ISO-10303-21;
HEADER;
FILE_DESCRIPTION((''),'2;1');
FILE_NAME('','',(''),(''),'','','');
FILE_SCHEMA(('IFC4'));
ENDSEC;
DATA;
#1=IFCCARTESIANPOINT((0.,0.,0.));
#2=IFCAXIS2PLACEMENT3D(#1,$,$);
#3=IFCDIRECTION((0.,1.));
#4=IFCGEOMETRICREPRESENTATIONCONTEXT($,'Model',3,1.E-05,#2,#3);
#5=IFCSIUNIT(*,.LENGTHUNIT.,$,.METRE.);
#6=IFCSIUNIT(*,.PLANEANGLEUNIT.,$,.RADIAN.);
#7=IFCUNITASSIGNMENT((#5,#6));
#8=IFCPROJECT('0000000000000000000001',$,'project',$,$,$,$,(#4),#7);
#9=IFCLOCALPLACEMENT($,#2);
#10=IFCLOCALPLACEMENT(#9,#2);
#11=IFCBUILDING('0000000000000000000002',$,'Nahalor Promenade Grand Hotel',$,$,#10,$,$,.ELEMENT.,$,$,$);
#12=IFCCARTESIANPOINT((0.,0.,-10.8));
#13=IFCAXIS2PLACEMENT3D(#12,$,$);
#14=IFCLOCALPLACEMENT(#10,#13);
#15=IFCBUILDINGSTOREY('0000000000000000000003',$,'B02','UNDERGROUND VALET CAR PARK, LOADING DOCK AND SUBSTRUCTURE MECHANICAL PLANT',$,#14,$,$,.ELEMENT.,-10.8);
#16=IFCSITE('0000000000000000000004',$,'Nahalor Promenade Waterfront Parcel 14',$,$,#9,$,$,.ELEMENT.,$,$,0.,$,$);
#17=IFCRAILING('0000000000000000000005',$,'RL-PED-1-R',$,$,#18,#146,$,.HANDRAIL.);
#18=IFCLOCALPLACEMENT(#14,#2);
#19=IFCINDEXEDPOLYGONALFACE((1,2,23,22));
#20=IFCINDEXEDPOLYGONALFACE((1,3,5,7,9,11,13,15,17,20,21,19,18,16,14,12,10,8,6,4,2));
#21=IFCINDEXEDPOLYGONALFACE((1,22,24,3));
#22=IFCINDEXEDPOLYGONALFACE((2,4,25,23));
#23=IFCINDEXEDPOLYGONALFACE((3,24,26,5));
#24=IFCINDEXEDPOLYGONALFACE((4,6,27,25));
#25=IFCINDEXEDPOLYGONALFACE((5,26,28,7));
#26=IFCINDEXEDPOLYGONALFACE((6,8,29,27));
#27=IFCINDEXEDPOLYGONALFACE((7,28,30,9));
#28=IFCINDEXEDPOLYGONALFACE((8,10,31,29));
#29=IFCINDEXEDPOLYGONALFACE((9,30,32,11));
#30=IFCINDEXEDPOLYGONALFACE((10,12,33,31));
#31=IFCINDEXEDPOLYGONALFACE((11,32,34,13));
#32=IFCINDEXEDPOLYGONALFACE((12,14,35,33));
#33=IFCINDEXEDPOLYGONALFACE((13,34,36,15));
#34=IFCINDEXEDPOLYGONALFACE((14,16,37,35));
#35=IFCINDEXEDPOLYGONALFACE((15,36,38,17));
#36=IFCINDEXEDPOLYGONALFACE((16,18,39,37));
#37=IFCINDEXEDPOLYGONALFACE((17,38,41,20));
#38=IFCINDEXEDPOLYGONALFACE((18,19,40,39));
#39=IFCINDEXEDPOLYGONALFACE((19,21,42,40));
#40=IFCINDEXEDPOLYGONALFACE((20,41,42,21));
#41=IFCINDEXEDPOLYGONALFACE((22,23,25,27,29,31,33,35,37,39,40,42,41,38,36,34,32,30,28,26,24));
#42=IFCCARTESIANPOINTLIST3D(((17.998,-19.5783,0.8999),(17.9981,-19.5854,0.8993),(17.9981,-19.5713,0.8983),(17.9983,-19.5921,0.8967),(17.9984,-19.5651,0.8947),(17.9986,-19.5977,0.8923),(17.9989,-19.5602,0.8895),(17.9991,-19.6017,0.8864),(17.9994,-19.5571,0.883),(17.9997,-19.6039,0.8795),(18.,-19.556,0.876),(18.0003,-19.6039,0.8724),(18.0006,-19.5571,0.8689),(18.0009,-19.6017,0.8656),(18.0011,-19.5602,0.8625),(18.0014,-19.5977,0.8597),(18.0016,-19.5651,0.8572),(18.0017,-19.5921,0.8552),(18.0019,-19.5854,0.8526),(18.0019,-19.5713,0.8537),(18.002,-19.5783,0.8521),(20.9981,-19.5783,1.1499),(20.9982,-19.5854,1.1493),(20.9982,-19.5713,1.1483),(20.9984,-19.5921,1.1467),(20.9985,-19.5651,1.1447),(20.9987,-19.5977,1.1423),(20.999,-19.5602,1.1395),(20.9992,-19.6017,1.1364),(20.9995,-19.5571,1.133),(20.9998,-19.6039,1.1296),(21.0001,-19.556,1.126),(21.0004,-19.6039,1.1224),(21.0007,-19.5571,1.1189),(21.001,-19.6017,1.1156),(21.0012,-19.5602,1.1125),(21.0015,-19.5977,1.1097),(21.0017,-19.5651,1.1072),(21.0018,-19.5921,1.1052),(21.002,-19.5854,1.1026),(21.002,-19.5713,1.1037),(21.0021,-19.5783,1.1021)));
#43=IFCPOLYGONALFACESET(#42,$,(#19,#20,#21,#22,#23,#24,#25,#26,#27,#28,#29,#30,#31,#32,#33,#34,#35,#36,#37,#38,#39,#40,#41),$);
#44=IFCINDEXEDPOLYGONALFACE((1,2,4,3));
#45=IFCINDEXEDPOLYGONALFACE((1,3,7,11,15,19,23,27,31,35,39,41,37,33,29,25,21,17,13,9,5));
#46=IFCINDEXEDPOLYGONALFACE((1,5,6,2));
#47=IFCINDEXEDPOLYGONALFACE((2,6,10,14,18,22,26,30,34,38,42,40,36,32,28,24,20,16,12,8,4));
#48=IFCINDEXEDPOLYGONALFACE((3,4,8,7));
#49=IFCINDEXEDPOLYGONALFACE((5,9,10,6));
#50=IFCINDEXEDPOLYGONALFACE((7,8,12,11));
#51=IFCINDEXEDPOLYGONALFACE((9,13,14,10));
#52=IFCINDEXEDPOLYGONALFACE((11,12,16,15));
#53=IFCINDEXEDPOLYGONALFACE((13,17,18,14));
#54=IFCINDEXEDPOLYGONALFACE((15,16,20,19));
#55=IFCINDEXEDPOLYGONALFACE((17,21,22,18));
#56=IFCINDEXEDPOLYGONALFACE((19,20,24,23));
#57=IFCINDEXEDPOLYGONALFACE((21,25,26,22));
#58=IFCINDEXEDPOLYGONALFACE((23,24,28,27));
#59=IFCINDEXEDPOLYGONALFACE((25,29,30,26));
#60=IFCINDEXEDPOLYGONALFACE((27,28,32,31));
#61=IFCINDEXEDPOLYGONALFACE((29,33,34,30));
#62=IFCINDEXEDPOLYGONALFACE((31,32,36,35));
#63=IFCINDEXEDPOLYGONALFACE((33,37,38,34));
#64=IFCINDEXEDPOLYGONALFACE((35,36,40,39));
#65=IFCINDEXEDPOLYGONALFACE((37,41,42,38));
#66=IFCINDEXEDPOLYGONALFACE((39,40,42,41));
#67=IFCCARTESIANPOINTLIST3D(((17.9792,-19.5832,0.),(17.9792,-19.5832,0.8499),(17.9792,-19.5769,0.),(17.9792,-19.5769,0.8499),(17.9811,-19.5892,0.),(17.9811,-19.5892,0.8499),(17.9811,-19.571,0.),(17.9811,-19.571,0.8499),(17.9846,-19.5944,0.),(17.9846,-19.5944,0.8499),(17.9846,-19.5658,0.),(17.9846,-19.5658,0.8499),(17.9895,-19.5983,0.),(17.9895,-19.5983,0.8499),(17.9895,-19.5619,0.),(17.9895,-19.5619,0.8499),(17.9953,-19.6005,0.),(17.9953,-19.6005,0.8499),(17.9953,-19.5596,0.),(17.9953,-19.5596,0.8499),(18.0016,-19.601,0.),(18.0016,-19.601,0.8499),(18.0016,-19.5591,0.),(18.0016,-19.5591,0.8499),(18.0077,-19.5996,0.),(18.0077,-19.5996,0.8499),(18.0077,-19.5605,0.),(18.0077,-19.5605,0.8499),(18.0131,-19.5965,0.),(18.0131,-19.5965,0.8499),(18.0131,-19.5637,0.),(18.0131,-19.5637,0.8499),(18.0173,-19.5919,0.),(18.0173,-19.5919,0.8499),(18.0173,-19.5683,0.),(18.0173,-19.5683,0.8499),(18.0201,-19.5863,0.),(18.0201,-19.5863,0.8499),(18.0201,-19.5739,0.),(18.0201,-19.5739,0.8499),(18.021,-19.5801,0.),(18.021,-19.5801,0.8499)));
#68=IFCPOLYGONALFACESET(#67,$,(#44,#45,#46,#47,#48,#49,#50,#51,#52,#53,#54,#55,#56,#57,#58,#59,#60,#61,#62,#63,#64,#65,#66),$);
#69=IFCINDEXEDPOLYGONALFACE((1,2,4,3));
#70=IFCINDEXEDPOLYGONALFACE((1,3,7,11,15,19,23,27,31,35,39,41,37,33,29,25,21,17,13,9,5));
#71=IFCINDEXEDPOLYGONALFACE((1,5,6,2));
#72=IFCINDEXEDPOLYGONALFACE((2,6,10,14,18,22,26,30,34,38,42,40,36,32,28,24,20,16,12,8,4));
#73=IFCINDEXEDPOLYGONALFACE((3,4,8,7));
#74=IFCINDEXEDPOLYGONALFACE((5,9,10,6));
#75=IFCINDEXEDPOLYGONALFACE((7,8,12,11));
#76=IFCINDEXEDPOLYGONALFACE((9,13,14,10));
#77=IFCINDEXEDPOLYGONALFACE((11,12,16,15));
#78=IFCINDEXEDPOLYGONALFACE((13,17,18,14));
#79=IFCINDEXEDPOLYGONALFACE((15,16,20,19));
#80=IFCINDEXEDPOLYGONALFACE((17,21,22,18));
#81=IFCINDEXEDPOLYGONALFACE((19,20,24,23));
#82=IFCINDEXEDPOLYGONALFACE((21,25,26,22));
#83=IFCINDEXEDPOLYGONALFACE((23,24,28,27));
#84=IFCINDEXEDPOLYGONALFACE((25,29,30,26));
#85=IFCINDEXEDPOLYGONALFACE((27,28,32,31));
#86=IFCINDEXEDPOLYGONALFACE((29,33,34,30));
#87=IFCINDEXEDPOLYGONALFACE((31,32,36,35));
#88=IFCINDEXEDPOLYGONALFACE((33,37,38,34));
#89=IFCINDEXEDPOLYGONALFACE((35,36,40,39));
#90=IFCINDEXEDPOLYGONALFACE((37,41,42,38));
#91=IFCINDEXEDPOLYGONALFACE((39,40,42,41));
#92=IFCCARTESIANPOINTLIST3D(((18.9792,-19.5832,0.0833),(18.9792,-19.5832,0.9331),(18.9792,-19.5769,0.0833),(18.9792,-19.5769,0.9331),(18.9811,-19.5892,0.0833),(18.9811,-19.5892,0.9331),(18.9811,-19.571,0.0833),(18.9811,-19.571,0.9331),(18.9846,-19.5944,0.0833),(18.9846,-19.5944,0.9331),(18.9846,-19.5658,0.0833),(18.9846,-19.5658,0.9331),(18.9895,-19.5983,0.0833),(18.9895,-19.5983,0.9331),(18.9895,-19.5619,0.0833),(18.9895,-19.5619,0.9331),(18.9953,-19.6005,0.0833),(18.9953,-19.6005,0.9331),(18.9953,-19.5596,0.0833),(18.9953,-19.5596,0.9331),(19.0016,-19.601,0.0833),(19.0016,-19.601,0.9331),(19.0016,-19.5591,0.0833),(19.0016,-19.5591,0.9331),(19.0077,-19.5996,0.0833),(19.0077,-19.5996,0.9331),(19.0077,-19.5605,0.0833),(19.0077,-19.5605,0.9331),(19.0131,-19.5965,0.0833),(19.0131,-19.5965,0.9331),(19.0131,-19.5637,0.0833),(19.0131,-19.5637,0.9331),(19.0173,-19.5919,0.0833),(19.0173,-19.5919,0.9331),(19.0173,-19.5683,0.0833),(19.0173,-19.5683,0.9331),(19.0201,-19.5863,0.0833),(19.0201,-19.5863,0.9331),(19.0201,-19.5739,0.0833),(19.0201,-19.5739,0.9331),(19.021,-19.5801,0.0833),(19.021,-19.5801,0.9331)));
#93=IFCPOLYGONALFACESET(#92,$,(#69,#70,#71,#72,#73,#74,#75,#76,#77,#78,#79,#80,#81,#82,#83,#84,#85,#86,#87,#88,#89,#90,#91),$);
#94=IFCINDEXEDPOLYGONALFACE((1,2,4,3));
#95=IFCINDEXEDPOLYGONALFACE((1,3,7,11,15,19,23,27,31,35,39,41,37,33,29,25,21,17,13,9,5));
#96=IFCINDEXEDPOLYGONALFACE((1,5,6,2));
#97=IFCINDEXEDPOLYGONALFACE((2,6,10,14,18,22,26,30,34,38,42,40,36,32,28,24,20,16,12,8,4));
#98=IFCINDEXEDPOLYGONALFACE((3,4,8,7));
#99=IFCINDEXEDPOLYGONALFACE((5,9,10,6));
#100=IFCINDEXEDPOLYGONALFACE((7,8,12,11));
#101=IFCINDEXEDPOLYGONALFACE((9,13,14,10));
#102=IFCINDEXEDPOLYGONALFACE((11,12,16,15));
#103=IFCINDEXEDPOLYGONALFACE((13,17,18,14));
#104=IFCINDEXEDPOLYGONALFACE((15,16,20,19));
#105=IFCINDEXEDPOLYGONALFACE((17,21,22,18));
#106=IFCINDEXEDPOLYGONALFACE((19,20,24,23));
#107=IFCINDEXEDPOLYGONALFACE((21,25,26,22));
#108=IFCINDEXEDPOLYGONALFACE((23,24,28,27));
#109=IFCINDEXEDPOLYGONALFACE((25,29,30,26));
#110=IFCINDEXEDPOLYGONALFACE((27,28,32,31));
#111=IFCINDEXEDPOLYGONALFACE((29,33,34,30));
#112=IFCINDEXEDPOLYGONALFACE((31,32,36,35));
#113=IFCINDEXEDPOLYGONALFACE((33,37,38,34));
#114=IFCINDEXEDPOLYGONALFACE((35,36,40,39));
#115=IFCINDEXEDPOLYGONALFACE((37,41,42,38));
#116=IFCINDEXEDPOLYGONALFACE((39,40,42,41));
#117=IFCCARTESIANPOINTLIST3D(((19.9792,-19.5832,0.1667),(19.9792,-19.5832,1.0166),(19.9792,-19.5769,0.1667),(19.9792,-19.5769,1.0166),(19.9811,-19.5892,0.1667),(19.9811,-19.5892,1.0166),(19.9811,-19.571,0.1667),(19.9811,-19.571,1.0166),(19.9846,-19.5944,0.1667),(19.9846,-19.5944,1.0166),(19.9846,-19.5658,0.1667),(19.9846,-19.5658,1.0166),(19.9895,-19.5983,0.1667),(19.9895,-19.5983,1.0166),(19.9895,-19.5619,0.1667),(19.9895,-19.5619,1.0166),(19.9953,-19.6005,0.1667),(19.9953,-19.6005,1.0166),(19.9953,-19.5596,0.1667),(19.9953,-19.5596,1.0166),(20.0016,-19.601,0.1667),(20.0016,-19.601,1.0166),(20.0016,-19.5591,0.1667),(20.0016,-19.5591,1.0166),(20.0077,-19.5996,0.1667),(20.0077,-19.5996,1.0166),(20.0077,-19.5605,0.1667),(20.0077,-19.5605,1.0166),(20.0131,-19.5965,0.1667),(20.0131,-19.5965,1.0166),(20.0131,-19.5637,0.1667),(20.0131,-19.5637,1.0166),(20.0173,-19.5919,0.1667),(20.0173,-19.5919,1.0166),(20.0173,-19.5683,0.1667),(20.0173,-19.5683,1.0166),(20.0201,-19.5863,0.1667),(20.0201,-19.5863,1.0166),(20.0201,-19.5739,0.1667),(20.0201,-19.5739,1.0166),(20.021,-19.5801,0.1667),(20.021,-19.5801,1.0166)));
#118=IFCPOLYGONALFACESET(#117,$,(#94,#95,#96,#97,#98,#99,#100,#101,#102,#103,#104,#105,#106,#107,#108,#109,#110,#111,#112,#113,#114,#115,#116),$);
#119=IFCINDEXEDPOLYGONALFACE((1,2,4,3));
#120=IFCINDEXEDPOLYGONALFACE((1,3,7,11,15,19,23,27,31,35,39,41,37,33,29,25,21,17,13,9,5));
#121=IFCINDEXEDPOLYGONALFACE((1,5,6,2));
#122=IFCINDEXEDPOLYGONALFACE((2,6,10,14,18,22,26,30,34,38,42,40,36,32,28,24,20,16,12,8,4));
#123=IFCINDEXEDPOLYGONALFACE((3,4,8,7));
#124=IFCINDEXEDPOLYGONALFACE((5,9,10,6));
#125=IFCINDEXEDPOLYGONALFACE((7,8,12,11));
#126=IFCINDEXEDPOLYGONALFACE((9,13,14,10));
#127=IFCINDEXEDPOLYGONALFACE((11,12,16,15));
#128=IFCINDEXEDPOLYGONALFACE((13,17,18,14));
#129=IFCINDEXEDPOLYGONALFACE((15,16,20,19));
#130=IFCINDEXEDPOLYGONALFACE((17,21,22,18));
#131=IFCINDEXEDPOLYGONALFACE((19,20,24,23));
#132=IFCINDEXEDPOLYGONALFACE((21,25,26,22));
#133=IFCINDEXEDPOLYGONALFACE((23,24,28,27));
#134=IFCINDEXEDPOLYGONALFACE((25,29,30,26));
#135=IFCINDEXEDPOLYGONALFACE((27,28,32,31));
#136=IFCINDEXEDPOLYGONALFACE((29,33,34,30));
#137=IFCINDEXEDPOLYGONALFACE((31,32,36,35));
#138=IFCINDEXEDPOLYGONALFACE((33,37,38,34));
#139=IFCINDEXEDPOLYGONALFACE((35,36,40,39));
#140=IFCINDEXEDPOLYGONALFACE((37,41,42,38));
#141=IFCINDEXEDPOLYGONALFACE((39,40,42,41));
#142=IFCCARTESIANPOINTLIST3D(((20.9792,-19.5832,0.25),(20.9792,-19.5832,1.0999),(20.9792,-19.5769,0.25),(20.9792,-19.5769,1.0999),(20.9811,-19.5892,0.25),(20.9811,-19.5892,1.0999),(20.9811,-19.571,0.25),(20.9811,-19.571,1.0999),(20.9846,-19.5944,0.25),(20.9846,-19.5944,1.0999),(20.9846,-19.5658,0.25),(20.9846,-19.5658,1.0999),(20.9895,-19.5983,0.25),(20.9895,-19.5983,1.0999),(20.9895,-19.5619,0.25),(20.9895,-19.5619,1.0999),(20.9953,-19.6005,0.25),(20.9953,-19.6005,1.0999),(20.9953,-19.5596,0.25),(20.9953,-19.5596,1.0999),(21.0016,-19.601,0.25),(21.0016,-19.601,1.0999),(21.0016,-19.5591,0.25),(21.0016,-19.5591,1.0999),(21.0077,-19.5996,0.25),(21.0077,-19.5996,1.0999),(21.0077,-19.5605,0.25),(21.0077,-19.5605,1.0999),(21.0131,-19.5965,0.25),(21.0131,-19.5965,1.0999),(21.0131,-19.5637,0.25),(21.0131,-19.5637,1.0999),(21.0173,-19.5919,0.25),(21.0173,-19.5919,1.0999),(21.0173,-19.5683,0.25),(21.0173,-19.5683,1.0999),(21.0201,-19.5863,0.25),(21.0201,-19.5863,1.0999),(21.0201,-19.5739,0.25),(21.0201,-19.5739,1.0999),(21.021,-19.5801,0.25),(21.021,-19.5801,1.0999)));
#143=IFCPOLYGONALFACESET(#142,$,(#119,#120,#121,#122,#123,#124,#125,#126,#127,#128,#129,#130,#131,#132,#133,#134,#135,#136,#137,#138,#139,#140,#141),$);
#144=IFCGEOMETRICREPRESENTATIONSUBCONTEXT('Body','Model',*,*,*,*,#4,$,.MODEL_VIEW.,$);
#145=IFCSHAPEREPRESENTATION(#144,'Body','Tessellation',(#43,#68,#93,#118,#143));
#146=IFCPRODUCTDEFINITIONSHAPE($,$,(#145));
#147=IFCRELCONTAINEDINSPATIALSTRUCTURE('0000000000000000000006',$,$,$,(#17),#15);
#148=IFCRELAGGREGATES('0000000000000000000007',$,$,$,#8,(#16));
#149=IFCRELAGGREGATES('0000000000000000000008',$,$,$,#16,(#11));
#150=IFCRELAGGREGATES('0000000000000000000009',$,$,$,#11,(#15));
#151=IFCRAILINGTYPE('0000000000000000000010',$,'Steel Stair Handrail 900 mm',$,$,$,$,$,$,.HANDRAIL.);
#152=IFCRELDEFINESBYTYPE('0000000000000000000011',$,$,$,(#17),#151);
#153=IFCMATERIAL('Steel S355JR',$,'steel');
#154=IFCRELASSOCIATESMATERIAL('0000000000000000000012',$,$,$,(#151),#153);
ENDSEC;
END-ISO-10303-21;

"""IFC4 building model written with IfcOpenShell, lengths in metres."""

from ifc_helpers import new_model, si_unit, direction, frame, origin, origin_2d, place, context, subcontext, project, spatial, circle, extrude, material, type_object, element, save


model = new_model("IFC4")

# Units and contexts
model_context = context("Model", 3, precision=1e-05, world=origin(), true_north=direction((0.0, 1.0)))
body_context = subcontext(model_context, "Body", "Model", "MODEL_VIEW")
ifc_project = project(units=[si_unit("LENGTHUNIT", "METRE"), si_unit("PLANEANGLEUNIT", "RADIAN")], contexts=[model_context])

# Site, building, storey
site_placement = place(None, origin())
site = spatial("IfcSite", under=ifc_project, at=site_placement, Name="Nahalor Promenade Waterfront Parcel 14", CompositionType="ELEMENT", RefElevation=0.0)
building_placement = place(site_placement, origin())
building = spatial("IfcBuilding", under=site, at=building_placement, Name="Nahalor Promenade Grand Hotel", CompositionType="ELEMENT")
storey_placement = place(building_placement, frame((0.0, 0.0, -10.8)))
storey = spatial("IfcBuildingStorey", under=building, at=storey_placement, Name="B02", Description="UNDERGROUND VALET CAR PARK, LOADING DOCK AND SUBSTRUCTURE MECHANICAL PLANT", CompositionType="ELEMENT", Elevation=-10.8)

# Shared definitions
ifc_material_1 = material(Name="Steel S355JR", Category="steel")

# Railing
railing_type = type_object("IfcRailingType", Name="Steel Stair Handrail 900 mm", PredefinedType="HANDRAIL", material=ifc_material_1)
for number, where, name in (
    (1, (18.0, -19.5801, 0.0), "RL-PED-1-R"),
):
    element("IfcRailing", number, at=place(storey_placement, frame(where)), inside=storey, type_object=railing_type, Name=name, PredefinedType="HANDRAIL", context=body_context, shape_type="SweptSolid", body=[
        extrude(circle(Radius=0.024, at=origin_2d()), frame((0.0, 0.0, 0.876), z_axis=(0.996546, 0.0, 0.083045), x_axis=(0.0, 1.0, 0.0)), (0.0, 0.0, 1.0), 3.0105),
        extrude(circle(Radius=0.021, at=origin_2d()), origin(), (0.0, 0.0, 1.0), 0.8499),
        extrude(circle(Radius=0.021, at=origin_2d()), frame((1.0, 0.0, 0.0833)), (0.0, 0.0, 1.0), 0.8499),
        extrude(circle(Radius=0.021, at=origin_2d()), frame((2.0, 0.0, 0.1667)), (0.0, 0.0, 1.0), 0.8499),
        extrude(circle(Radius=0.021, at=origin_2d()), frame((3.0, 0.0, 0.25)), (0.0, 0.0, 1.0), 0.8499),
    ])

save(model, "model.ifc")
